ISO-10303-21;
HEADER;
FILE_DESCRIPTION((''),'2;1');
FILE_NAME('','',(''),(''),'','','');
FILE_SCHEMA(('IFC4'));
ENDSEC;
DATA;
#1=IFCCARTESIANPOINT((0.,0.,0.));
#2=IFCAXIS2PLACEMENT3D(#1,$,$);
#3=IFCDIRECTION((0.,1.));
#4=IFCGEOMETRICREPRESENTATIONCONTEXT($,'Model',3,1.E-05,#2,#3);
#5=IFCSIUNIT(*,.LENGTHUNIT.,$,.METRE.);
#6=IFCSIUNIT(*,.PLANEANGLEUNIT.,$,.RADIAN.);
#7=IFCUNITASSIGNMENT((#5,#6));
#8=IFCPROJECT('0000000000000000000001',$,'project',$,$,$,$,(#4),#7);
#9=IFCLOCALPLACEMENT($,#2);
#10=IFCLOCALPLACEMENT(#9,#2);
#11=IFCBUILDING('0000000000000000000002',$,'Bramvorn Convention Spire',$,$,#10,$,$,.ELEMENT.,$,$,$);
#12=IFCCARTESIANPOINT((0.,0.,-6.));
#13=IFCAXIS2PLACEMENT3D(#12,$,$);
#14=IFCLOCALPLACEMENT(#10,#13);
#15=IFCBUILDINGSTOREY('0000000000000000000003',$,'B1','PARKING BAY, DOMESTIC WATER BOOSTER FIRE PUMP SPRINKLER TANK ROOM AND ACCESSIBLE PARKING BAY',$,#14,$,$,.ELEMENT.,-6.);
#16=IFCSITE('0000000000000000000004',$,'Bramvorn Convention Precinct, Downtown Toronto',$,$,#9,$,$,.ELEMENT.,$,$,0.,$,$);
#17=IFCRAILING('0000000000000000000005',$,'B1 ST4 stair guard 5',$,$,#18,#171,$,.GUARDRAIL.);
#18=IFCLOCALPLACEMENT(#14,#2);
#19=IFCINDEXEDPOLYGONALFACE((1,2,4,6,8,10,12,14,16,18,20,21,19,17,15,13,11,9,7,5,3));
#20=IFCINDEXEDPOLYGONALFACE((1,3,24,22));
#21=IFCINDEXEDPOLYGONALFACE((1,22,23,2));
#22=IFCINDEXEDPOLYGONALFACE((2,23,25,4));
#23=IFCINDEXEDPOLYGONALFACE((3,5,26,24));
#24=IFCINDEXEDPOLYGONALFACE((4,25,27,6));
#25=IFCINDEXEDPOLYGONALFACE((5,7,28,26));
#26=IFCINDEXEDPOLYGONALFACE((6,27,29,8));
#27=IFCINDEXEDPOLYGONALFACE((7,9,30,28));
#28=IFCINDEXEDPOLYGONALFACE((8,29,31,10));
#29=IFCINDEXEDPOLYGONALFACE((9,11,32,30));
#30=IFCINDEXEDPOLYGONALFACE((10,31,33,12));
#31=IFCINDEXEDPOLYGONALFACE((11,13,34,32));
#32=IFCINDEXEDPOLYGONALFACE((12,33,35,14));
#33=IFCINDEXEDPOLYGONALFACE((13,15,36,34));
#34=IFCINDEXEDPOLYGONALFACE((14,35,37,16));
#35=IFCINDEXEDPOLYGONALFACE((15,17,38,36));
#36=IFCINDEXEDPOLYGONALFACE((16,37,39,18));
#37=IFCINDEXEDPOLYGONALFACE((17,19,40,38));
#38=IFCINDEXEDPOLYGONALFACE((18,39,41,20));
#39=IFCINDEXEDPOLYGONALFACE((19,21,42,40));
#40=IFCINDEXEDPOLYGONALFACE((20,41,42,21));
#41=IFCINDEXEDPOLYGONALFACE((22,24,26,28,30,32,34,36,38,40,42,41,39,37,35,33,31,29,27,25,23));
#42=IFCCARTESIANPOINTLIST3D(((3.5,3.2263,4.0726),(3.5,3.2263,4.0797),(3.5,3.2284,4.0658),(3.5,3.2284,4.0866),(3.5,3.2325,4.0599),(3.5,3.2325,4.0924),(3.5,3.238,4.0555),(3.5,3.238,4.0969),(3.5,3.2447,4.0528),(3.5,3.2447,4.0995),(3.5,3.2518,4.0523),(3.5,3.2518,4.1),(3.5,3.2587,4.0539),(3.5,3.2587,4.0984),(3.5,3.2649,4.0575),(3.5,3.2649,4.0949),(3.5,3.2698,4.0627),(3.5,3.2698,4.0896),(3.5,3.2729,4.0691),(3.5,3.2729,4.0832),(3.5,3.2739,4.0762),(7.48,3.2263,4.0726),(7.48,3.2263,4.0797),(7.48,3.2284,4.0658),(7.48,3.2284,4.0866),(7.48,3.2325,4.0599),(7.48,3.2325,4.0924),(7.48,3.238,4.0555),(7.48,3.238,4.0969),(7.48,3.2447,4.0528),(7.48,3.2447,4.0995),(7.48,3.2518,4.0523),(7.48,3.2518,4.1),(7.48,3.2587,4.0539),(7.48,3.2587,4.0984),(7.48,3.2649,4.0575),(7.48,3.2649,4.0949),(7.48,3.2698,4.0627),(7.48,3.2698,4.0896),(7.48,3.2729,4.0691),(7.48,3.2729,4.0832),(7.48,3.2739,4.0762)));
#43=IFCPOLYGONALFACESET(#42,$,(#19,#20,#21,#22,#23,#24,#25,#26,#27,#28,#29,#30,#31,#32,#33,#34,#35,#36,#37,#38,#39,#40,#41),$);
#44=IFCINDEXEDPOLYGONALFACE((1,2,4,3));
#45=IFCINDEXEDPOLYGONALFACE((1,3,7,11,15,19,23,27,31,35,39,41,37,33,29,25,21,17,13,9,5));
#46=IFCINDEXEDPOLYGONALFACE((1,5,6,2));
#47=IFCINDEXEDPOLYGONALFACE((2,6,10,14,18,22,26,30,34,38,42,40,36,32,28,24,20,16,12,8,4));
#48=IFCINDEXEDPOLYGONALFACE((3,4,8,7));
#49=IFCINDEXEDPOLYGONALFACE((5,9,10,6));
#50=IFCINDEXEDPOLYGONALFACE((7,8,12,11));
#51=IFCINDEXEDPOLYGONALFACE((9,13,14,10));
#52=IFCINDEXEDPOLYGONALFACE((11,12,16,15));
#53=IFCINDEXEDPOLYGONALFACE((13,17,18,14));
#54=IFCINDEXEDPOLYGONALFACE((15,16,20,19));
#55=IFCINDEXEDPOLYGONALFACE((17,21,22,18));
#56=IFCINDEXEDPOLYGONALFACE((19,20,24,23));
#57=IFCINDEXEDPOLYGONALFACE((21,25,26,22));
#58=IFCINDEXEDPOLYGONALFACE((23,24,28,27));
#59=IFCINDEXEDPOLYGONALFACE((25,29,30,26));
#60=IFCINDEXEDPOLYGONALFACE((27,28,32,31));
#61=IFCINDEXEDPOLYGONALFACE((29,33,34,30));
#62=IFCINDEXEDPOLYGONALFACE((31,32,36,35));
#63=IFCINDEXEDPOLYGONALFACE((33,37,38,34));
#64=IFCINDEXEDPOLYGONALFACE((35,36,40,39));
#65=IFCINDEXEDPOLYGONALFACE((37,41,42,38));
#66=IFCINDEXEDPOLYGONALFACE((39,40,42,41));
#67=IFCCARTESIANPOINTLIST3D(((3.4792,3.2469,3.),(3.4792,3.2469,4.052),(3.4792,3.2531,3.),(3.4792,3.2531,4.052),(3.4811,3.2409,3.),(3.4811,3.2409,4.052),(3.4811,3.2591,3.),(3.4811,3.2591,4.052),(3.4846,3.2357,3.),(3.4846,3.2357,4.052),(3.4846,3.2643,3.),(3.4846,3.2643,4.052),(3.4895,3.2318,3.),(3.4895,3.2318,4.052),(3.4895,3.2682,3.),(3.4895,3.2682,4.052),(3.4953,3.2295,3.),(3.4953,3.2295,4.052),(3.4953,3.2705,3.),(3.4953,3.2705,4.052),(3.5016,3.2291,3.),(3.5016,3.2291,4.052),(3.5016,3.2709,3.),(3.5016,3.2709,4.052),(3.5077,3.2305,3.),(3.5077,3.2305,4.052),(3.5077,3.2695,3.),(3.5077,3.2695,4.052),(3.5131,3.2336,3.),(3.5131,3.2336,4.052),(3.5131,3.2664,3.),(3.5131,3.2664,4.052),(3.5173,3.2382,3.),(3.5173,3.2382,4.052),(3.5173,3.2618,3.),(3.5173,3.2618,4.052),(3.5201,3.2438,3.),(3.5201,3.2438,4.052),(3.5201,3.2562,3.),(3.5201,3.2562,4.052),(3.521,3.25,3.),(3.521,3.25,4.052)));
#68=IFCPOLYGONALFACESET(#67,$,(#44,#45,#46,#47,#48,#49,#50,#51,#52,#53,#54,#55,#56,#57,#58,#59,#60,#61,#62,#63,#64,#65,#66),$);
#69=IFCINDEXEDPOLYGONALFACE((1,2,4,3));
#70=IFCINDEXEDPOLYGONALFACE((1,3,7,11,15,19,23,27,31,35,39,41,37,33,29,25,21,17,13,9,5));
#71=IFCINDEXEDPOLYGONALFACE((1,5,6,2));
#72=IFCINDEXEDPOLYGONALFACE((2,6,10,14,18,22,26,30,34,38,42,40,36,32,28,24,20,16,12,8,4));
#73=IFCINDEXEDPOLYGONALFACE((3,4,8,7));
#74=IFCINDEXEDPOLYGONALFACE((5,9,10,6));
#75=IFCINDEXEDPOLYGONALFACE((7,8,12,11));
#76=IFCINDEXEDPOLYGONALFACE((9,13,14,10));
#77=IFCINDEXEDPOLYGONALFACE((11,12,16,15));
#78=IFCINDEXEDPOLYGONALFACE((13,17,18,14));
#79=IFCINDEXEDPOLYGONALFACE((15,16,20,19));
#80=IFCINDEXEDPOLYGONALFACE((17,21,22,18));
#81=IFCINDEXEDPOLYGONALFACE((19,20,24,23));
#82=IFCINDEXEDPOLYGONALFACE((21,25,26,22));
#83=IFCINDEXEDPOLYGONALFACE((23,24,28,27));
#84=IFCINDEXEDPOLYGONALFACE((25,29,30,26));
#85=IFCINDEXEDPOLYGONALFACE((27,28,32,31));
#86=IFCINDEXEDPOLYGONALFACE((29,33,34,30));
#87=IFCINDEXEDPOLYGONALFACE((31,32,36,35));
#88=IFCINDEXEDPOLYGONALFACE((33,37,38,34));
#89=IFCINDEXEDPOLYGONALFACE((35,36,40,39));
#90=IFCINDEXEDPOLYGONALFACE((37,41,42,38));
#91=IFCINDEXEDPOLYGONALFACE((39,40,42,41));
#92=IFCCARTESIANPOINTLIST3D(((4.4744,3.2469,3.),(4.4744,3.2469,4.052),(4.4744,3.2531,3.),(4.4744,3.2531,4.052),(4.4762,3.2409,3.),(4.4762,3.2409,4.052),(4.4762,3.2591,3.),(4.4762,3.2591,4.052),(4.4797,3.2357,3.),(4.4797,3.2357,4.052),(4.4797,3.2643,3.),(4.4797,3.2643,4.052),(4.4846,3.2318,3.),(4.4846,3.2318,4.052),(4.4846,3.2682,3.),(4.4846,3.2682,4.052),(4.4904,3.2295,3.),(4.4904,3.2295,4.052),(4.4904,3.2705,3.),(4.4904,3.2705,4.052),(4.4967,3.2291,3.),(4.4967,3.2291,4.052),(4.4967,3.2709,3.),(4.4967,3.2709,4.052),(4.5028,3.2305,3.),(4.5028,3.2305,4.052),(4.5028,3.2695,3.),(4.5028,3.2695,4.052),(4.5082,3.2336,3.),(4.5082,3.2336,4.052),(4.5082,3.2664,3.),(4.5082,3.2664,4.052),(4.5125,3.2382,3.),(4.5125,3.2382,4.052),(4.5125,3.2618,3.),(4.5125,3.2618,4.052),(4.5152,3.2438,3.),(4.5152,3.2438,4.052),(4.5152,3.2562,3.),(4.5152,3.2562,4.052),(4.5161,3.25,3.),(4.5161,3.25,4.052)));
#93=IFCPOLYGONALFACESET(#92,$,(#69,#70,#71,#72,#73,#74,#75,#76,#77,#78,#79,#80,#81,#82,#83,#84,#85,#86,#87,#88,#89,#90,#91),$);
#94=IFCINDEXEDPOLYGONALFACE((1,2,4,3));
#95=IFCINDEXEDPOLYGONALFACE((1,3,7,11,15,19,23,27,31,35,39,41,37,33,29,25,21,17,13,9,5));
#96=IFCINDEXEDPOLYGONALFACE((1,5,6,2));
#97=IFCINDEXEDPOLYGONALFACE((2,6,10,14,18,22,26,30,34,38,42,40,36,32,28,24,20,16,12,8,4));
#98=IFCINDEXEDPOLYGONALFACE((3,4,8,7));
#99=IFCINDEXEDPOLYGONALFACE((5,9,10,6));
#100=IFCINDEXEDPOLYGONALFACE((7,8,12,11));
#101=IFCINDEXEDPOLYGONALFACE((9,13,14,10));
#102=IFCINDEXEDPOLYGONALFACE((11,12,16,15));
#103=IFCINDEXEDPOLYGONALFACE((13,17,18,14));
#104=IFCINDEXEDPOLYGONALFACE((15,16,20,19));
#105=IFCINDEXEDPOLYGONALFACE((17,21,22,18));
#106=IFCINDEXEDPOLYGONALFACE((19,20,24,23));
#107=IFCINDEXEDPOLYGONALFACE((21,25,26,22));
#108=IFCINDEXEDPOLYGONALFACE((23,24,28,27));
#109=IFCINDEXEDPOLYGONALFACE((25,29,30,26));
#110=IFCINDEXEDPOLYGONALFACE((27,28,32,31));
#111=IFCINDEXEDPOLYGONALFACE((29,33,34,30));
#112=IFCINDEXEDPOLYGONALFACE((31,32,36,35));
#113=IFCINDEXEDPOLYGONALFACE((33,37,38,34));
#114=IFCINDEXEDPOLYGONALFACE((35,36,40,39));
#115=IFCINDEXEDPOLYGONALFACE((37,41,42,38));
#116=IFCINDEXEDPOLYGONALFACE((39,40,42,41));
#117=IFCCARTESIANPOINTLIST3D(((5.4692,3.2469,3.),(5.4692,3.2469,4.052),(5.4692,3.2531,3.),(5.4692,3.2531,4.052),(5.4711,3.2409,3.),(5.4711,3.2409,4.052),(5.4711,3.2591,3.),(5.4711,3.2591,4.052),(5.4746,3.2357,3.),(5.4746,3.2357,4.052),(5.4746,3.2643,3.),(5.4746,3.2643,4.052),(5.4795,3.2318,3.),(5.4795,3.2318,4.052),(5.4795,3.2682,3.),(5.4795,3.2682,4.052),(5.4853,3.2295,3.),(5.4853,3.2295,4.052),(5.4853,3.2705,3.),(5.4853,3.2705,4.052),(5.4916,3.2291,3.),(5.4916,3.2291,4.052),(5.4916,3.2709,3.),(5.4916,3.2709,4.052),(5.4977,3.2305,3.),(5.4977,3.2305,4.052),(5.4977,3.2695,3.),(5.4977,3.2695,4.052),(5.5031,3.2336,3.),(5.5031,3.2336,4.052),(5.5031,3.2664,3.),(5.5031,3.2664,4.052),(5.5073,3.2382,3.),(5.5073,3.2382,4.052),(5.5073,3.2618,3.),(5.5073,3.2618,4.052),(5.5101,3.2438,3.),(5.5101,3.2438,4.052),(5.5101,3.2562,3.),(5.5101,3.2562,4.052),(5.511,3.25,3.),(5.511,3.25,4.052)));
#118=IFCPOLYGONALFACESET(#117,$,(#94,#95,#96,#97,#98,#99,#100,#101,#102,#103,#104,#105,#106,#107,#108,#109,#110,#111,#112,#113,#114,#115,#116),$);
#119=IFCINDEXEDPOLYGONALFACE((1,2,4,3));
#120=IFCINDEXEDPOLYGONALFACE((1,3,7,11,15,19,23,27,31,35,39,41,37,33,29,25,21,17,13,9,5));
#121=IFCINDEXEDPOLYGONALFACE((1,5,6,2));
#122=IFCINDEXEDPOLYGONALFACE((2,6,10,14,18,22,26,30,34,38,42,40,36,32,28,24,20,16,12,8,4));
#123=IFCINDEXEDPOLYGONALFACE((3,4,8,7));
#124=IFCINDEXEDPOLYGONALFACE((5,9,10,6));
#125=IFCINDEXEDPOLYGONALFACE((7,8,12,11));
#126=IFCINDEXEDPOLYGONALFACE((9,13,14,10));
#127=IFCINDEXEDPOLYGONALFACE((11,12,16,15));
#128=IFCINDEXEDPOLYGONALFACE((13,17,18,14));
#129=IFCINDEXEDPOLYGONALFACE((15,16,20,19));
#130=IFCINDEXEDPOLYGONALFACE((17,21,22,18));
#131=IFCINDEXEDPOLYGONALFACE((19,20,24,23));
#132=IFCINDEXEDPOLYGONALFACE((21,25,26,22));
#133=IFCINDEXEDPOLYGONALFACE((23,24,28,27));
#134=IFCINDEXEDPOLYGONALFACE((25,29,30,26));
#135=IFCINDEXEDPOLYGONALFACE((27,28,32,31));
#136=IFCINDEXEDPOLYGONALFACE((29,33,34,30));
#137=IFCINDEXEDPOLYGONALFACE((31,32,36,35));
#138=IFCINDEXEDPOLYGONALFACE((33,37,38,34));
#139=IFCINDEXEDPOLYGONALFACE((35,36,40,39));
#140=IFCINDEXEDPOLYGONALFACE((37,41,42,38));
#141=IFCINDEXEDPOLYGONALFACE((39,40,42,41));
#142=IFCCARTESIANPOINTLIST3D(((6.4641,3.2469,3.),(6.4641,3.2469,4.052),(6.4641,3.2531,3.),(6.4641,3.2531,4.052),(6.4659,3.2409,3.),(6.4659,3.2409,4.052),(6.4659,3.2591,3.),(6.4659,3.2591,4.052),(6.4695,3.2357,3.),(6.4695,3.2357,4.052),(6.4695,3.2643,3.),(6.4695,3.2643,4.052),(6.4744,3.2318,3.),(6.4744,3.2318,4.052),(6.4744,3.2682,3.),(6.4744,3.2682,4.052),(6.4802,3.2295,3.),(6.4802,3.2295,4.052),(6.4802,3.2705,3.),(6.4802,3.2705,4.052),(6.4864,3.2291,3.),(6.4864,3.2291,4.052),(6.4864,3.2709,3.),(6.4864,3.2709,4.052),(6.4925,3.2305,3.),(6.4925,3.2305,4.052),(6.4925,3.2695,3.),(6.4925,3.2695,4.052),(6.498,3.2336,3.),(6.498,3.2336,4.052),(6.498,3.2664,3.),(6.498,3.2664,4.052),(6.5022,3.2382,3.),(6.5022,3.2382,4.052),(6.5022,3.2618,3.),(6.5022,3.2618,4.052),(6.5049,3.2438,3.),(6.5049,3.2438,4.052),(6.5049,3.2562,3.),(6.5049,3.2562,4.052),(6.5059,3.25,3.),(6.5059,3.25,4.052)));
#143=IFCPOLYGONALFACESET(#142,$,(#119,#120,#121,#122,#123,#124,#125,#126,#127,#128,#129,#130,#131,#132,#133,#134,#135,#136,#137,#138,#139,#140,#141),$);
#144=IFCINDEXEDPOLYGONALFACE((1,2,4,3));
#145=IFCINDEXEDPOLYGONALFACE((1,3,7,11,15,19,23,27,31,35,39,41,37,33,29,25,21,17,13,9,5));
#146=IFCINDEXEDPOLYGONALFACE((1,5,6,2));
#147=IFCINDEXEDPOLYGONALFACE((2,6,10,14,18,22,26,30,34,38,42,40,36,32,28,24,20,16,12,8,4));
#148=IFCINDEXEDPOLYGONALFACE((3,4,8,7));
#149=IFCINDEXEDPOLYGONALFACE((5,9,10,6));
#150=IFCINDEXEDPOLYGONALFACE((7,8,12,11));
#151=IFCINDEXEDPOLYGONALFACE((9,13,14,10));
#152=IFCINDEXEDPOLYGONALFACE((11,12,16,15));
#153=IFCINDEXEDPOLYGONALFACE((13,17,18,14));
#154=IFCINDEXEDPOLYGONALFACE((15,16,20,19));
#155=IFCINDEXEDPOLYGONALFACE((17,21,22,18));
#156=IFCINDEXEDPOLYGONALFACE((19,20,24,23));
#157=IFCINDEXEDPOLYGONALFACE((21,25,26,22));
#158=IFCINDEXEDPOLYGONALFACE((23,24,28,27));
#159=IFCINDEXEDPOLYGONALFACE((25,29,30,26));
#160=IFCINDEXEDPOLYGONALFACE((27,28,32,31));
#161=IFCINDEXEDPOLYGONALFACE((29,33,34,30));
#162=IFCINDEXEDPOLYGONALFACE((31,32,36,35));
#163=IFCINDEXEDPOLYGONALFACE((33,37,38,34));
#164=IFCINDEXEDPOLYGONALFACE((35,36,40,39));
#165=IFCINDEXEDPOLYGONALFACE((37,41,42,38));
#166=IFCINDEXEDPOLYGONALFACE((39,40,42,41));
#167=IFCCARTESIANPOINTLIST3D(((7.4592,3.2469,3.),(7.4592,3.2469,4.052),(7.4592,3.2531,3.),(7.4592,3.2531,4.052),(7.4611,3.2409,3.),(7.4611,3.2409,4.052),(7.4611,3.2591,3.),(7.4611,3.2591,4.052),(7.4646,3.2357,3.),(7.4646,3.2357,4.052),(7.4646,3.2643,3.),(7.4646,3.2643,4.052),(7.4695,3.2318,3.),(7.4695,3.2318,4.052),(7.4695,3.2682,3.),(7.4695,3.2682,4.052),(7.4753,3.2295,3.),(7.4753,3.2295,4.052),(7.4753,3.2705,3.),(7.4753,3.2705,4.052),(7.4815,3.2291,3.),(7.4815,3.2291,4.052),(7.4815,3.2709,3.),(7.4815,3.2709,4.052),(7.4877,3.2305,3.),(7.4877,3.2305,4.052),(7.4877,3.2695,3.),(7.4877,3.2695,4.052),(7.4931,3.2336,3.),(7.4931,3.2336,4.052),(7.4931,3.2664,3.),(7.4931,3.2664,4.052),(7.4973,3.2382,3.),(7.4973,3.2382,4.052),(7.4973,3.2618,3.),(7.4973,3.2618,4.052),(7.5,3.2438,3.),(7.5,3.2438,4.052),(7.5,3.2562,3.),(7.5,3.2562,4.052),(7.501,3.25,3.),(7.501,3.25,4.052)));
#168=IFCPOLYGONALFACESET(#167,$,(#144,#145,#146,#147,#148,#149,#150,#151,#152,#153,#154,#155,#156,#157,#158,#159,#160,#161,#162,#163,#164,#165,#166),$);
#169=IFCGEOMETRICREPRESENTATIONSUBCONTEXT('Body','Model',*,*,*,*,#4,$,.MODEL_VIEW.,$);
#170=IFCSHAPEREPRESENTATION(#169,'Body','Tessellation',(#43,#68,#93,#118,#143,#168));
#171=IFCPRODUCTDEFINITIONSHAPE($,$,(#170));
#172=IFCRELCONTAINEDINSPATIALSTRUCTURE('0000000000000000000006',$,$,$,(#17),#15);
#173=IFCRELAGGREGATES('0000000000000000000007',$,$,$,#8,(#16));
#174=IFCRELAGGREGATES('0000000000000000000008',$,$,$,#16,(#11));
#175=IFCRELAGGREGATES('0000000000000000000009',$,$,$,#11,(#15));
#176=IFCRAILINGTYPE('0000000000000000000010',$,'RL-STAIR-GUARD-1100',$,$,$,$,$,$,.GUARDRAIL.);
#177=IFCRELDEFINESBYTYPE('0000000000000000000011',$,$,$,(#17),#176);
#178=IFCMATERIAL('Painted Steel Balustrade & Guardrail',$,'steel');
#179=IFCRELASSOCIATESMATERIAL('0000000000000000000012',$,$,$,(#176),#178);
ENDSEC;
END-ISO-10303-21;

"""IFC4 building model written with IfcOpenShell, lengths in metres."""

from ifc_helpers import new_model, si_unit, direction, frame, origin, origin_2d, place, context, subcontext, project, spatial, circle, extrude, material, type_object, element, save


model = new_model("IFC4")

# Units and contexts
model_context = context("Model", 3, precision=1e-05, world=origin(), true_north=direction((0.0, 1.0)))
body_context = subcontext(model_context, "Body", "Model", "MODEL_VIEW")
ifc_project = project(units=[si_unit("LENGTHUNIT", "METRE"), si_unit("PLANEANGLEUNIT", "RADIAN")], contexts=[model_context])

# Site, building, storey
site_placement = place(None, origin())
site = spatial("IfcSite", under=ifc_project, at=site_placement, Name="Bramvorn Convention Precinct, Downtown Toronto", CompositionType="ELEMENT", RefElevation=0.0)
building_placement = place(site_placement, origin())
building = spatial("IfcBuilding", under=site, at=building_placement, Name="Bramvorn Convention Spire", CompositionType="ELEMENT")
storey_placement = place(building_placement, frame((0.0, 0.0, -6.0)))
storey = spatial("IfcBuildingStorey", under=building, at=storey_placement, Name="B1", Description="PARKING BAY, DOMESTIC WATER BOOSTER FIRE PUMP SPRINKLER TANK ROOM AND ACCESSIBLE PARKING BAY", CompositionType="ELEMENT", Elevation=-6.0)

# Railing
ifc_material_1 = material(Name="Painted Steel Balustrade & Guardrail", Category="steel")
railing_type_1 = type_object("IfcRailingType", Name="RL-STAIR-GUARD-1100", PredefinedType="GUARDRAIL", material=ifc_material_1)
railing_1_placement = place(storey_placement, frame((3.5, 3.25, 3.0)))
element("IfcRailing", 1, at=railing_1_placement, inside=storey, type_object=railing_type_1, Name="B1 ST4 stair guard 5", PredefinedType="GUARDRAIL", context=body_context, shape_type="SweptSolid", body=[
    extrude(circle(Radius=0.0239, at=origin_2d()), frame((0.0, 0.0, 1.0762), z_axis=(1.0, 0.0, 0.0), x_axis=(0.0, 1.0, 0.0)), (0.0, 0.0, 1.0), 3.98),
    extrude(circle(Radius=0.021, at=origin_2d()), origin(), (0.0, 0.0, 1.0), 1.052),
    extrude(circle(Radius=0.021, at=origin_2d()), frame((0.9951, 0.0, 0.0)), (0.0, 0.0, 1.0), 1.052),
    extrude(circle(Radius=0.021, at=origin_2d()), frame((1.99, 0.0, 0.0)), (0.0, 0.0, 1.0), 1.052),
    extrude(circle(Radius=0.021, at=origin_2d()), frame((2.9849, 0.0, 0.0)), (0.0, 0.0, 1.0), 1.052),
    extrude(circle(Radius=0.021, at=origin_2d()), frame((3.98, 0.0, 0.0)), (0.0, 0.0, 1.0), 1.052),
])

save(model, "model.ifc")
